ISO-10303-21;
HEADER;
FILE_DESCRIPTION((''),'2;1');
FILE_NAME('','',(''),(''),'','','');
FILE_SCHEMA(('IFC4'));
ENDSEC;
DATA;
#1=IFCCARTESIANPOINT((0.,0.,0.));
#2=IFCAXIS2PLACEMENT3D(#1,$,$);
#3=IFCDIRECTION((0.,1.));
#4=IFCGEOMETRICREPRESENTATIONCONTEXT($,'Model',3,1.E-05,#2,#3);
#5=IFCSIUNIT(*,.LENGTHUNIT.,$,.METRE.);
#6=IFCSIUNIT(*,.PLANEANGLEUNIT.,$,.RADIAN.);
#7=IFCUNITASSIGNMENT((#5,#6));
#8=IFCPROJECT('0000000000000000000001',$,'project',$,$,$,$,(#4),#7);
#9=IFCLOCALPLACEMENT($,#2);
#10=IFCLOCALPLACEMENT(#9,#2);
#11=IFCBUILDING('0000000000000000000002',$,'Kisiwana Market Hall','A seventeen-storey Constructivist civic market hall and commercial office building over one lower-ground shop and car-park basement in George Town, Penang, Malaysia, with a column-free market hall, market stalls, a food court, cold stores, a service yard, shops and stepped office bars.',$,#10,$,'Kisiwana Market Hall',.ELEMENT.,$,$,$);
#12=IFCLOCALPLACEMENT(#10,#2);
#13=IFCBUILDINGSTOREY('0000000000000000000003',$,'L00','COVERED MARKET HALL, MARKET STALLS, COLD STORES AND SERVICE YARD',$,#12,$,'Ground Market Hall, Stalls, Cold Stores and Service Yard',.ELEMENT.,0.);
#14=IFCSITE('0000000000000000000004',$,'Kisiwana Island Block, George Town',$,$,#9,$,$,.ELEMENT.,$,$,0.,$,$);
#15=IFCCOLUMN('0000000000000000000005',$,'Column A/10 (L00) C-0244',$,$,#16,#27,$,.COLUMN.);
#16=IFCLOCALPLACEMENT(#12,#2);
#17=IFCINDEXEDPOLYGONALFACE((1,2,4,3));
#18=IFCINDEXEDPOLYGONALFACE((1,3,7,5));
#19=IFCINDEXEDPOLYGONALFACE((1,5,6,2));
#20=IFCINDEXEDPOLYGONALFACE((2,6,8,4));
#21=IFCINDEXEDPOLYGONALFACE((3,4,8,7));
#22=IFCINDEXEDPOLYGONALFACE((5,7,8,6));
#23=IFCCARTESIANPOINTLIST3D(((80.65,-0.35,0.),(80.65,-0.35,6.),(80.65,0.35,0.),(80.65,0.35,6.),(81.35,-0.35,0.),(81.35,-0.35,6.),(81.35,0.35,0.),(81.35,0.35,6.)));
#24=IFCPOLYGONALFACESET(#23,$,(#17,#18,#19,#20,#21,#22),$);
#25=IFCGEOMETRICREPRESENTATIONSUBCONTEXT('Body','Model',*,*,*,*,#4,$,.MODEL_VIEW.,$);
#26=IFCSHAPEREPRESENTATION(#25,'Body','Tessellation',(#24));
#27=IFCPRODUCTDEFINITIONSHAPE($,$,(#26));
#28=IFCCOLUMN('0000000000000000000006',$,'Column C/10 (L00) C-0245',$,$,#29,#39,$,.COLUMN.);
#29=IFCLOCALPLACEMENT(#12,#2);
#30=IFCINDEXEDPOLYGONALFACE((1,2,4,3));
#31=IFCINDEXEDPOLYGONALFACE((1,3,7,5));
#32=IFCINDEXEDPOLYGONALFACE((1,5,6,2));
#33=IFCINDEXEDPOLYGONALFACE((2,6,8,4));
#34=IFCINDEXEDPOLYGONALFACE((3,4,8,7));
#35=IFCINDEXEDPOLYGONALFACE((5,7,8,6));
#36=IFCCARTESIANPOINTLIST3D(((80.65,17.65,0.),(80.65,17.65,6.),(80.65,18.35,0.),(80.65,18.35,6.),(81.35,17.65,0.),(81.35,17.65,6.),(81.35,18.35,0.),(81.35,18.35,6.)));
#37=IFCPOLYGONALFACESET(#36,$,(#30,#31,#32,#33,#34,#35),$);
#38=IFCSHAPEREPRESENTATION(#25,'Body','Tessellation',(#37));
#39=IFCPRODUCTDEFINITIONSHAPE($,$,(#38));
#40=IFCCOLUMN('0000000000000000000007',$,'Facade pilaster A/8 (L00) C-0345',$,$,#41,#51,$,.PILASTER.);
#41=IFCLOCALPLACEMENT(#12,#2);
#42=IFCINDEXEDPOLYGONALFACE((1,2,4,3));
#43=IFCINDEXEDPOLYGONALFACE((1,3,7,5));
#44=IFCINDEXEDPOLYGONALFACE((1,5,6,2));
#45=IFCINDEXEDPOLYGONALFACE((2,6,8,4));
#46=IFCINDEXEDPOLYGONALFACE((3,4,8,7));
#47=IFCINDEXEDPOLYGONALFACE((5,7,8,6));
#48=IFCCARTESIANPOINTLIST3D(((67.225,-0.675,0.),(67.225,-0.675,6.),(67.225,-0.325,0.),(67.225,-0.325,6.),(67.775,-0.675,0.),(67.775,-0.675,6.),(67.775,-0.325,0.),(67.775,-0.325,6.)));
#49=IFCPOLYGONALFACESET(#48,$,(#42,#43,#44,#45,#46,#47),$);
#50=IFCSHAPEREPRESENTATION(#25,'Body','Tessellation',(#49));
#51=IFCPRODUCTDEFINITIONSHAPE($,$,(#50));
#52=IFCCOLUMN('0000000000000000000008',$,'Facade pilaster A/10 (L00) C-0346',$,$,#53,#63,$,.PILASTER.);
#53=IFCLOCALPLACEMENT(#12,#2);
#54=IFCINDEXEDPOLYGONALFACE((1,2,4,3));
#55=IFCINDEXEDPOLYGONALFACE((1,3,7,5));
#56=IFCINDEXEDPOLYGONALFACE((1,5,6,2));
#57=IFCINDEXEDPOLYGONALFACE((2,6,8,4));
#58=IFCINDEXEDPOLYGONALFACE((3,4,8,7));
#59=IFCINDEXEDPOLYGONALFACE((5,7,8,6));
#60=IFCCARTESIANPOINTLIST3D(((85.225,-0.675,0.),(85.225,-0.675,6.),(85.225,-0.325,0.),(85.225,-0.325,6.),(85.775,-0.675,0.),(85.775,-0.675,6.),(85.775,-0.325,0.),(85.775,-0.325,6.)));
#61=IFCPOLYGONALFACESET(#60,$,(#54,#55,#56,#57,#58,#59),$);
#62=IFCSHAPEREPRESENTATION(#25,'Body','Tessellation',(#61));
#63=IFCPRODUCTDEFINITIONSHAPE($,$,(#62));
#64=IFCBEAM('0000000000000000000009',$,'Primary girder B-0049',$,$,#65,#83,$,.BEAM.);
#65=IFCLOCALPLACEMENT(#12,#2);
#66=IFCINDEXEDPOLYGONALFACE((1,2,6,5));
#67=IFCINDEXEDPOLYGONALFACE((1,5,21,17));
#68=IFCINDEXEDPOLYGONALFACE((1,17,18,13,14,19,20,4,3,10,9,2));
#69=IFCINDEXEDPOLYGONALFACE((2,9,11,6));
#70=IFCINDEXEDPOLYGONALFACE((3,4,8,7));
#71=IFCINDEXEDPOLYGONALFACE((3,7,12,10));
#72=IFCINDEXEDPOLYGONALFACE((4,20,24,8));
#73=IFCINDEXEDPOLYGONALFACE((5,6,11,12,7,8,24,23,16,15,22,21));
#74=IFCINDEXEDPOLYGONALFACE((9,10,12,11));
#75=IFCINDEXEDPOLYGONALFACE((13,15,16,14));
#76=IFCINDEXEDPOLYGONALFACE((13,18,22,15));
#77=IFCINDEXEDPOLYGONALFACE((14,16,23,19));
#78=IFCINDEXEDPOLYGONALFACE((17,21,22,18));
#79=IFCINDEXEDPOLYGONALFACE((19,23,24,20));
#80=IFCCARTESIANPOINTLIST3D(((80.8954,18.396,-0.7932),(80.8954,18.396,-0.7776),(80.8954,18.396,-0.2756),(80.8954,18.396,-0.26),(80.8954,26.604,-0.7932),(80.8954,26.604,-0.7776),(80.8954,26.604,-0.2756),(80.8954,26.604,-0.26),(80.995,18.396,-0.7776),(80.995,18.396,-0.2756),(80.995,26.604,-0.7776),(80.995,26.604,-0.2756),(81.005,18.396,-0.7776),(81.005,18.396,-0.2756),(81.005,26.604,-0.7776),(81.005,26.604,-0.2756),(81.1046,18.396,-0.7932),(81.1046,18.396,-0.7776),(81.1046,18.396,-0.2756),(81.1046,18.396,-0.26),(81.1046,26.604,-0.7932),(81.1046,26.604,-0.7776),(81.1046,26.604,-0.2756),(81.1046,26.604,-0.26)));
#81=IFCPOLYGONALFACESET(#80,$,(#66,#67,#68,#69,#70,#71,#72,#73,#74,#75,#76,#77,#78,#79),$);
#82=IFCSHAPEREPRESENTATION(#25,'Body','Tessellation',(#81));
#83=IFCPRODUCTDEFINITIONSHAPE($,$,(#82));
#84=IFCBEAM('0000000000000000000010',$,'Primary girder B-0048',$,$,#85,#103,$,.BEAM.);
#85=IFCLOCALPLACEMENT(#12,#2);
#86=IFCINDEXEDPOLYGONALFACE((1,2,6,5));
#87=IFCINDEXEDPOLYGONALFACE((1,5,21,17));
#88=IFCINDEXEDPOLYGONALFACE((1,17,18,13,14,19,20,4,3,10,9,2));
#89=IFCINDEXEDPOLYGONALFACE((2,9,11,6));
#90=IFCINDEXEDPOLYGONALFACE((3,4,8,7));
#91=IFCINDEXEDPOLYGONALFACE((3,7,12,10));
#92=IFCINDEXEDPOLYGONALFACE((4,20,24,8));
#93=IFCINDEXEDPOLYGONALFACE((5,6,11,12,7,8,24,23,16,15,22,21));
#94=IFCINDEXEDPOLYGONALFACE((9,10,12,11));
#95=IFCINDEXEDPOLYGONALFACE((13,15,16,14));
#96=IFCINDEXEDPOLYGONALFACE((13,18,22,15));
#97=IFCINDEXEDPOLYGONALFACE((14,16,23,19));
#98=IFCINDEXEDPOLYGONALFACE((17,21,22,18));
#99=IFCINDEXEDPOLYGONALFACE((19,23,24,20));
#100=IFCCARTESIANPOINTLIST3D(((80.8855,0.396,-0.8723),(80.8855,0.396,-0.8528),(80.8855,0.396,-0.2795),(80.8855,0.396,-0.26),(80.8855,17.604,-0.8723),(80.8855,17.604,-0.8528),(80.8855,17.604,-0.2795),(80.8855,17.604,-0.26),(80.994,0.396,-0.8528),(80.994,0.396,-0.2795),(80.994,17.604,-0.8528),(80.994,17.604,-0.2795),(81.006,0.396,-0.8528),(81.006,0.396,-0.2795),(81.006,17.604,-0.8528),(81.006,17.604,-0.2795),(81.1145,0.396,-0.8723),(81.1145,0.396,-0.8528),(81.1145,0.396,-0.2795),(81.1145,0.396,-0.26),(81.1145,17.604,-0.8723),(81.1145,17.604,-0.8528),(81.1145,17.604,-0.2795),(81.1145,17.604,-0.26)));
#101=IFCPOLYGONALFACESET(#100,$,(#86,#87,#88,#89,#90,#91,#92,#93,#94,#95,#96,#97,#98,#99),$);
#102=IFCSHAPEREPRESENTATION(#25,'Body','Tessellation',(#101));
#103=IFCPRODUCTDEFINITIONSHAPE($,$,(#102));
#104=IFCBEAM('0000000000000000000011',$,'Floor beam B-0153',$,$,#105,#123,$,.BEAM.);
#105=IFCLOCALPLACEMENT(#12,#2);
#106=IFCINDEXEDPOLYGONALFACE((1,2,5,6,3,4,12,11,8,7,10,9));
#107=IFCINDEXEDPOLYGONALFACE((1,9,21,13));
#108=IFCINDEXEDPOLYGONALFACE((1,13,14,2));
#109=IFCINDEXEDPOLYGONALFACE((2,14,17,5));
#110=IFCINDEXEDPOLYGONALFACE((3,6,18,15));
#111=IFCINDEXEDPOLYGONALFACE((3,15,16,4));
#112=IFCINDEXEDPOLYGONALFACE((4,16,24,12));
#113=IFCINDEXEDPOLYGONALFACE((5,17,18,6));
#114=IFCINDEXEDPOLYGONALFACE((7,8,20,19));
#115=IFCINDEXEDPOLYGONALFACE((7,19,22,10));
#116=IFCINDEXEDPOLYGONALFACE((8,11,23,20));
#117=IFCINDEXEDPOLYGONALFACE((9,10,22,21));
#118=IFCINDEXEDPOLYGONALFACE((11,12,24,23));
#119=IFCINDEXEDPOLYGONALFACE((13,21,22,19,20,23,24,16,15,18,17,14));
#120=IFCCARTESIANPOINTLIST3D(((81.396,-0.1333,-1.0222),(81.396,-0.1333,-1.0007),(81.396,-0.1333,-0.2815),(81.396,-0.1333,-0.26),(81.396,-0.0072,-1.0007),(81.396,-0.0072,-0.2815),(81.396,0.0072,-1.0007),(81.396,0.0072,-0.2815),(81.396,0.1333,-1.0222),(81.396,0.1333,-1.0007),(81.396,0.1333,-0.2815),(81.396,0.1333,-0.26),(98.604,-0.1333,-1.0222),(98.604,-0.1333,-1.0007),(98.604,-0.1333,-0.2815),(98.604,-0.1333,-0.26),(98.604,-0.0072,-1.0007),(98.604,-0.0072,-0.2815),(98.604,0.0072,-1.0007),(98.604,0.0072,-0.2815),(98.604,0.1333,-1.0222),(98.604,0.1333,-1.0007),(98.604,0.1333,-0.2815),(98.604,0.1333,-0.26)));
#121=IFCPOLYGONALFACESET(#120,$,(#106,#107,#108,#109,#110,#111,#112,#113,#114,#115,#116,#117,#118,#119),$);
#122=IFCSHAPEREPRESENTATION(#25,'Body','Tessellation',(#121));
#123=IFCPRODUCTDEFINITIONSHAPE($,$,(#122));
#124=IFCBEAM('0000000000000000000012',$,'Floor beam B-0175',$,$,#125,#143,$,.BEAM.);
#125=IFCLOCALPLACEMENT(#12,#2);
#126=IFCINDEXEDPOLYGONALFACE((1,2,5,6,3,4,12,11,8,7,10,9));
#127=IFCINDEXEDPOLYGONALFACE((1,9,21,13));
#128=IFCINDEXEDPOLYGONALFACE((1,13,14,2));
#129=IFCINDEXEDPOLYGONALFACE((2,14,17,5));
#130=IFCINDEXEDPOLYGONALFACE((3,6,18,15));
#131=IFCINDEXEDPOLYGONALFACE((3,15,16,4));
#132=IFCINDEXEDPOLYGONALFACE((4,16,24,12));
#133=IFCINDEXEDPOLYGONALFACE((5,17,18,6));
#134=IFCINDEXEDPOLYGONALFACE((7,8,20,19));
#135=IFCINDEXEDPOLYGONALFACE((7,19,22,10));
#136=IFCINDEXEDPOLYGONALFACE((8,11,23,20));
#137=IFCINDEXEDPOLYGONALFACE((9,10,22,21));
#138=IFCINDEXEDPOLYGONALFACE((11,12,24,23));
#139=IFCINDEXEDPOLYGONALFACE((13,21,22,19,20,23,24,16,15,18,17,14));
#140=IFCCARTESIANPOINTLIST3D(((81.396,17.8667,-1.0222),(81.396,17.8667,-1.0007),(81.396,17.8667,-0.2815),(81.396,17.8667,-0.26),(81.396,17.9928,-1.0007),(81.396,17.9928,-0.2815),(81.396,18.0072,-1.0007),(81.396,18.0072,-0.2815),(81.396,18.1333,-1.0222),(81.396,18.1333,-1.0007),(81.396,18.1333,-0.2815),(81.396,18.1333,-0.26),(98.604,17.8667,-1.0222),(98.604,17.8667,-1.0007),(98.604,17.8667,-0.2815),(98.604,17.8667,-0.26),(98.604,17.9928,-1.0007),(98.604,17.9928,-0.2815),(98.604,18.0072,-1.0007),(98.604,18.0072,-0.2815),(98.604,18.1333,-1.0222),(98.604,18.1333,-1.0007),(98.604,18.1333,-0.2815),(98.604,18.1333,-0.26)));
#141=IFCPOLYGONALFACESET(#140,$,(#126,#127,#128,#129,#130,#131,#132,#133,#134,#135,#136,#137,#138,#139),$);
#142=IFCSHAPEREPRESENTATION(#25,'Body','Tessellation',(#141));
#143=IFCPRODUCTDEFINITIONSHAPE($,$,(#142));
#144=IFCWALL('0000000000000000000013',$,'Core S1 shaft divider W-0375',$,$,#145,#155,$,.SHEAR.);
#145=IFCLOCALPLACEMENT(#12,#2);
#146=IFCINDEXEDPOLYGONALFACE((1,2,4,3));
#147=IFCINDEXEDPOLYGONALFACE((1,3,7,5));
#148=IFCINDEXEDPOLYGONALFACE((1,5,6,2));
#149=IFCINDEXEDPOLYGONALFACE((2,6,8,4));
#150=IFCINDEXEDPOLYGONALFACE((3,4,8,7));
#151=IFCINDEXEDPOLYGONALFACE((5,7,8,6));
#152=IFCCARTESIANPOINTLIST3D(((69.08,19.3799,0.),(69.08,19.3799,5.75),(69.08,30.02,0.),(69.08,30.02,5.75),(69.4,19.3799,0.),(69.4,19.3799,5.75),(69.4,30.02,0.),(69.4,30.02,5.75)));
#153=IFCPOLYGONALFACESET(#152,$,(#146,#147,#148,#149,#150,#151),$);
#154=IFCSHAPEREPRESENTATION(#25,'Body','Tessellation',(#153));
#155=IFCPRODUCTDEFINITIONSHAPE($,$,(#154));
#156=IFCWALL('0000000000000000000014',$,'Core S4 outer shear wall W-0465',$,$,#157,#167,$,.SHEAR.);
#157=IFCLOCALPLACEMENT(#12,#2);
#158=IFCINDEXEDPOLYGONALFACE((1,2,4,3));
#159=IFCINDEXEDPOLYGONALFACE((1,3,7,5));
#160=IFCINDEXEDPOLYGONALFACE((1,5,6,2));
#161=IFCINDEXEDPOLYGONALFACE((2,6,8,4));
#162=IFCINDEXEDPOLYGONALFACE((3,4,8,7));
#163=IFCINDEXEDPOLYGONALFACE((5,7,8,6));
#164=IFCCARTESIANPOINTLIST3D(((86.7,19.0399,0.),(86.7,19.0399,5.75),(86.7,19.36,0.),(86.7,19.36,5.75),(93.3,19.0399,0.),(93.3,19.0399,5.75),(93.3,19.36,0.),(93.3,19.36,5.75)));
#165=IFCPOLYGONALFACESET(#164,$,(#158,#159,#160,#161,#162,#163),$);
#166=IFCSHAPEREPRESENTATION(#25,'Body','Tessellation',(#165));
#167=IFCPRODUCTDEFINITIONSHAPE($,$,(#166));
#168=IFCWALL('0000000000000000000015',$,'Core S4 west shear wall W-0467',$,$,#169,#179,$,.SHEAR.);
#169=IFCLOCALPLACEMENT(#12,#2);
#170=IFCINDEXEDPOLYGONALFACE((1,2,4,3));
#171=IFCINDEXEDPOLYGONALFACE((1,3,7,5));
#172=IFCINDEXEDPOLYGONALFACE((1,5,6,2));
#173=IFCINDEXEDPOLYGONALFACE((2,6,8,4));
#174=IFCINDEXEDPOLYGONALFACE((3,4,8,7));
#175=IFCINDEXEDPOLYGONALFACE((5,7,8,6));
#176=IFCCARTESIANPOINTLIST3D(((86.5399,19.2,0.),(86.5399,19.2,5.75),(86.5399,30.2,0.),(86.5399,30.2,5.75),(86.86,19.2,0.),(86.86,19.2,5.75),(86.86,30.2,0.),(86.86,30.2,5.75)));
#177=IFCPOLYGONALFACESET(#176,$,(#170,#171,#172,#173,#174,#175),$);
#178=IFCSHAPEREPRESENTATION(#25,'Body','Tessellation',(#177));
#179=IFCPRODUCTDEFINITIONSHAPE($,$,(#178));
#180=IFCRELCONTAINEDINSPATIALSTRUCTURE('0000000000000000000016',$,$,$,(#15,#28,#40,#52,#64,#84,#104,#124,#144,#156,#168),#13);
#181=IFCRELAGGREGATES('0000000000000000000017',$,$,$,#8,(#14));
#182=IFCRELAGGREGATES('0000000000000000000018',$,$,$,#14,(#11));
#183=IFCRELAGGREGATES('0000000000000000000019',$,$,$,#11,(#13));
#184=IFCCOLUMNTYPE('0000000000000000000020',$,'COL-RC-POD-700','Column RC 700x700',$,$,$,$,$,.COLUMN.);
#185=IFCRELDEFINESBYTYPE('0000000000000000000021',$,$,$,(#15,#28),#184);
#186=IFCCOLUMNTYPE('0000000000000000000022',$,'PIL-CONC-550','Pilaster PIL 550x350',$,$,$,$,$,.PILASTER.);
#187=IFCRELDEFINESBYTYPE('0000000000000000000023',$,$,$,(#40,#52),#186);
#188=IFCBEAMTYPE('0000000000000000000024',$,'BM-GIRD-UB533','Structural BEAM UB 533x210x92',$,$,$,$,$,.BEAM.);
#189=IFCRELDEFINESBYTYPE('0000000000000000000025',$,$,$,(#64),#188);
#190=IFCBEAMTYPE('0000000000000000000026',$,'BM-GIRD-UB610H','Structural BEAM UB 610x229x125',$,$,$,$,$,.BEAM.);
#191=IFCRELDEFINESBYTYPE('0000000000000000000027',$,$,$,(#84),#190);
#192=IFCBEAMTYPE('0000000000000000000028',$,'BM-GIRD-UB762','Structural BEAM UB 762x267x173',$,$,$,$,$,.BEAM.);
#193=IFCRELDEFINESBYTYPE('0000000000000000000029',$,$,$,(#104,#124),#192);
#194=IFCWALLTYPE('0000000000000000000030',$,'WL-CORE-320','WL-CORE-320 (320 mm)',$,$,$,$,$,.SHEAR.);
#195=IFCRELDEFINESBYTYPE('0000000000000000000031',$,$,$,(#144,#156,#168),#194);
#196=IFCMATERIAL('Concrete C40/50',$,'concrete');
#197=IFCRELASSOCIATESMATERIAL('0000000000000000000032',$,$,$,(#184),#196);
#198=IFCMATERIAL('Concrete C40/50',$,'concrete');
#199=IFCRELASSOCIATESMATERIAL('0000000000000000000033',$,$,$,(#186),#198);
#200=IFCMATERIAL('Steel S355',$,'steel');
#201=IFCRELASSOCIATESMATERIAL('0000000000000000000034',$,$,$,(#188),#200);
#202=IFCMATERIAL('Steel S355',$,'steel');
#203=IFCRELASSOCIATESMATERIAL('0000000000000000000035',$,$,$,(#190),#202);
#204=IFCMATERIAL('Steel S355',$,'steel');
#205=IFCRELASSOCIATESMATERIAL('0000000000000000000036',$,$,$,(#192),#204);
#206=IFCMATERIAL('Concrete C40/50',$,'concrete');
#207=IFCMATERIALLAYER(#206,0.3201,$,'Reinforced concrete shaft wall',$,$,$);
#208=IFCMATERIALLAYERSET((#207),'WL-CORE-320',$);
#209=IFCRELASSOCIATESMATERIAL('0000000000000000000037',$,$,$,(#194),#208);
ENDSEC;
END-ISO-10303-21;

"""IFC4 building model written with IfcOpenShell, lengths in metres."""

from ifc_helpers import new_model, si_unit, direction, frame, frame_2d, origin, origin_2d, place, context, subcontext, project, spatial, rectangle, i_section, extrude, material, layer, layer_set, material_profile, profile_set, type_object, element, save


model = new_model("IFC4")

# Units and contexts
model_context = context("Model", 3, precision=1e-05, world=origin(), true_north=direction((0.0, 1.0)))
body_context = subcontext(model_context, "Body", "Model", "MODEL_VIEW")
ifc_project = project(units=[si_unit("LENGTHUNIT", "METRE"), si_unit("PLANEANGLEUNIT", "RADIAN")], contexts=[model_context])

# Site, building, storey
site_placement = place(None, origin())
site = spatial("IfcSite", under=ifc_project, at=site_placement, Name="Kisiwana Island Block, George Town", CompositionType="ELEMENT", RefElevation=0.0)
building_placement = place(site_placement, origin())
building = spatial("IfcBuilding", under=site, at=building_placement, Name="Kisiwana Market Hall", Description="A seventeen-storey Constructivist civic market hall and commercial office building over one lower-ground shop and car-park basement in George Town, Penang, Malaysia, with a column-free market hall, market stalls, a food court, cold stores, a service yard, shops and stepped office bars.", LongName="Kisiwana Market Hall", CompositionType="ELEMENT")
storey_placement = place(building_placement, origin())
storey = spatial("IfcBuildingStorey", under=building, at=storey_placement, Name="L00", Description="COVERED MARKET HALL, MARKET STALLS, COLD STORES AND SERVICE YARD", LongName="Ground Market Hall, Stalls, Cold Stores and Service Yard", CompositionType="ELEMENT", Elevation=0.0)

# Columns
ifc_material_1 = material(Name="Concrete C40/50", Category="concrete")
ifc_material_profile_1 = material_profile(ifc_material_1, rectangle(XDim=0.7, YDim=0.7, at=origin_2d()), Name="RC 700x700")
ifc_profile_set_1 = profile_set([ifc_material_profile_1], Name="Concrete C40/50")
column_type_1 = type_object("IfcColumnType", Name="COL-RC-POD-700", Description="Column RC 700x700", PredefinedType="COLUMN", material=ifc_profile_set_1)
for number, where, z_axis, x_axis, name in (
    (1, (81.0, 0.0, 0.0), (0.0, 0.0, 1.0), (1.0, 0.0, 0.0), "Column A/10 (L00) C-0244"),
    (2, (81.0, 18.0, 0.0), (0.0, 0.0, 1.0), (1.0, 0.0, 0.0), "Column C/10 (L00) C-0245"),
):
    element("IfcColumn", number, at=place(storey_placement, frame(where, z_axis=z_axis, x_axis=x_axis)), inside=storey, type_object=column_type_1, Name=name, PredefinedType="COLUMN", context=body_context, shape_type="SweptSolid", body=[
        extrude(rectangle(XDim=0.7, YDim=0.7, at=origin_2d()), origin(), (0.0, 0.0, 1.0), 6.0),
    ])
ifc_material_2 = material(Name="Concrete C40/50", Category="concrete")
ifc_material_profile_2 = material_profile(ifc_material_2, rectangle(XDim=0.55, YDim=0.3501, at=origin_2d()), Name="PIL 550x350")
ifc_profile_set_2 = profile_set([ifc_material_profile_2], Name="Concrete C40/50")
column_type_2 = type_object("IfcColumnType", Name="PIL-CONC-550", Description="Pilaster PIL 550x350", PredefinedType="PILASTER", material=ifc_profile_set_2)
for number, where, z_axis, x_axis, name in (
    (3, (67.5, -0.5, 0.0), (0.0, 0.0, 1.0), (1.0, 0.0, 0.0), "Facade pilaster A/8 (L00) C-0345"),
    (4, (85.5, -0.5, 0.0), (0.0, 0.0, 1.0), (1.0, 0.0, 0.0), "Facade pilaster A/10 (L00) C-0346"),
):
    element("IfcColumn", number, at=place(storey_placement, frame(where, z_axis=z_axis, x_axis=x_axis)), inside=storey, type_object=column_type_2, Name=name, PredefinedType="PILASTER", context=body_context, shape_type="SweptSolid", body=[
        extrude(rectangle(XDim=0.55, YDim=0.3501, at=origin_2d()), origin(), (0.0, 0.0, 1.0), 6.0),
    ])

# Beams
ifc_material_3 = material(Name="Steel S355", Category="steel")
ifc_material_profile_3 = material_profile(ifc_material_3, i_section(OverallWidth=0.2092, OverallDepth=0.5332, WebThickness=0.01, FlangeThickness=0.0156, at=origin_2d()), Name="UB 533x210x92")
ifc_profile_set_3 = profile_set([ifc_material_profile_3], Name="Steel S355")
beam_type_1 = type_object("IfcBeamType", Name="BM-GIRD-UB533", Description="Structural BEAM UB 533x210x92", PredefinedType="BEAM", material=ifc_profile_set_3)
beam_1_placement = place(storey_placement, frame((81.0, 18.396, -0.5266), z_axis=(0.0, 1.0, 0.0), x_axis=(-1.0, 0.0, 0.0)))
element("IfcBeam", 5, at=beam_1_placement, inside=storey, type_object=beam_type_1, Name="Primary girder B-0049", PredefinedType="BEAM", context=body_context, shape_type="SweptSolid", body=[
    extrude(i_section(OverallWidth=0.2092, OverallDepth=0.5332, WebThickness=0.01, FlangeThickness=0.0156, at=origin_2d()), origin(), (0.0, 0.0, 1.0), 8.208),
])
ifc_material_4 = material(Name="Steel S355", Category="steel")
ifc_material_profile_4 = material_profile(ifc_material_4, i_section(OverallWidth=0.229, OverallDepth=0.6123, WebThickness=0.012, FlangeThickness=0.0195, at=origin_2d()), Name="UB 610x229x125")
ifc_profile_set_4 = profile_set([ifc_material_profile_4], Name="Steel S355")
beam_type_2 = type_object("IfcBeamType", Name="BM-GIRD-UB610H", Description="Structural BEAM UB 610x229x125", PredefinedType="BEAM", material=ifc_profile_set_4)
beam_2_placement = place(storey_placement, frame((81.0, 0.396, -0.5662), z_axis=(0.0, 1.0, 0.0), x_axis=(-1.0, 0.0, 0.0)))
element("IfcBeam", 6, at=beam_2_placement, inside=storey, type_object=beam_type_2, Name="Primary girder B-0048", PredefinedType="BEAM", context=body_context, shape_type="SweptSolid", body=[
    extrude(i_section(OverallWidth=0.229, OverallDepth=0.6123, WebThickness=0.012, FlangeThickness=0.0195, at=origin_2d()), origin(), (0.0, 0.0, 1.0), 17.208),
])
ifc_material_5 = material(Name="Steel S355", Category="steel")
ifc_material_profile_5 = material_profile(ifc_material_5, i_section(OverallWidth=0.2666, OverallDepth=0.7622, WebThickness=0.0144, FlangeThickness=0.0215, at=origin_2d()), Name="UB 762x267x173")
ifc_profile_set_5 = profile_set([ifc_material_profile_5], Name="Steel S355")
beam_type_3 = type_object("IfcBeamType", Name="BM-GIRD-UB762", Description="Structural BEAM UB 762x267x173", PredefinedType="BEAM", material=ifc_profile_set_5)
for number, where, z_axis, x_axis, name in (
    (7, (81.396, 0.0, -0.6411), (1.0, 0.0, 0.0), (0.0, 1.0, 0.0), "Floor beam B-0153"),
    (8, (81.396, 18.0, -0.6411), (1.0, 0.0, 0.0), (0.0, 1.0, 0.0), "Floor beam B-0175"),
):
    element("IfcBeam", number, at=place(storey_placement, frame(where, z_axis=z_axis, x_axis=x_axis)), inside=storey, type_object=beam_type_3, Name=name, PredefinedType="BEAM", context=body_context, shape_type="SweptSolid", body=[
        extrude(i_section(OverallWidth=0.2666, OverallDepth=0.7622, WebThickness=0.0144, FlangeThickness=0.0215, at=origin_2d()), origin(), (0.0, 0.0, 1.0), 17.208),
    ])

# Walls
ifc_material_6 = material(Name="Concrete C40/50", Category="concrete")
ifc_layer_1 = layer(ifc_material_6, 0.3201, Name="Reinforced concrete shaft wall")
ifc_layer_set_1 = layer_set([ifc_layer_1], Name="WL-CORE-320")
wall_type_1 = type_object("IfcWallType", Name="WL-CORE-320", Description="WL-CORE-320 (320 mm)", PredefinedType="SHEAR", material=ifc_layer_set_1)
wall_1_placement = place(storey_placement, frame((69.24, 19.3799, 0.0), z_axis=(0.0, 0.0, 1.0), x_axis=(0.0, 1.0, 0.0)))
element("IfcWall", 9, at=wall_1_placement, inside=storey, type_object=wall_type_1, Name="Core S1 shaft divider W-0375", PredefinedType="SHEAR", context=body_context, shape_type="SweptSolid", body=[
    extrude(rectangle(XDim=10.6401, YDim=0.3201, at=frame_2d((5.3201, 0.0))), origin(), (0.0, 0.0, 1.0), 5.75),
])
wall_2_placement = place(storey_placement, frame((86.7, 19.2, 0.0), z_axis=(0.0, 0.0, 1.0), x_axis=(1.0, 0.0, 0.0)))
element("IfcWall", 10, at=wall_2_placement, inside=storey, type_object=wall_type_1, Name="Core S4 outer shear wall W-0465", PredefinedType="SHEAR", context=body_context, shape_type="SweptSolid", body=[
    extrude(rectangle(XDim=6.6001, YDim=0.3201, at=frame_2d((3.3, 0.0))), origin(), (0.0, 0.0, 1.0), 5.75),
])
wall_3_placement = place(storey_placement, frame((86.7, 19.2, 0.0), z_axis=(0.0, 0.0, 1.0), x_axis=(0.0, 1.0, 0.0)))
element("IfcWall", 11, at=wall_3_placement, inside=storey, type_object=wall_type_1, Name="Core S4 west shear wall W-0467", PredefinedType="SHEAR", context=body_context, shape_type="SweptSolid", body=[
    extrude(rectangle(XDim=11.0, YDim=0.3201, at=frame_2d((5.5, 0.0))), origin(), (0.0, 0.0, 1.0), 5.75),
])

save(model, "model.ifc")
